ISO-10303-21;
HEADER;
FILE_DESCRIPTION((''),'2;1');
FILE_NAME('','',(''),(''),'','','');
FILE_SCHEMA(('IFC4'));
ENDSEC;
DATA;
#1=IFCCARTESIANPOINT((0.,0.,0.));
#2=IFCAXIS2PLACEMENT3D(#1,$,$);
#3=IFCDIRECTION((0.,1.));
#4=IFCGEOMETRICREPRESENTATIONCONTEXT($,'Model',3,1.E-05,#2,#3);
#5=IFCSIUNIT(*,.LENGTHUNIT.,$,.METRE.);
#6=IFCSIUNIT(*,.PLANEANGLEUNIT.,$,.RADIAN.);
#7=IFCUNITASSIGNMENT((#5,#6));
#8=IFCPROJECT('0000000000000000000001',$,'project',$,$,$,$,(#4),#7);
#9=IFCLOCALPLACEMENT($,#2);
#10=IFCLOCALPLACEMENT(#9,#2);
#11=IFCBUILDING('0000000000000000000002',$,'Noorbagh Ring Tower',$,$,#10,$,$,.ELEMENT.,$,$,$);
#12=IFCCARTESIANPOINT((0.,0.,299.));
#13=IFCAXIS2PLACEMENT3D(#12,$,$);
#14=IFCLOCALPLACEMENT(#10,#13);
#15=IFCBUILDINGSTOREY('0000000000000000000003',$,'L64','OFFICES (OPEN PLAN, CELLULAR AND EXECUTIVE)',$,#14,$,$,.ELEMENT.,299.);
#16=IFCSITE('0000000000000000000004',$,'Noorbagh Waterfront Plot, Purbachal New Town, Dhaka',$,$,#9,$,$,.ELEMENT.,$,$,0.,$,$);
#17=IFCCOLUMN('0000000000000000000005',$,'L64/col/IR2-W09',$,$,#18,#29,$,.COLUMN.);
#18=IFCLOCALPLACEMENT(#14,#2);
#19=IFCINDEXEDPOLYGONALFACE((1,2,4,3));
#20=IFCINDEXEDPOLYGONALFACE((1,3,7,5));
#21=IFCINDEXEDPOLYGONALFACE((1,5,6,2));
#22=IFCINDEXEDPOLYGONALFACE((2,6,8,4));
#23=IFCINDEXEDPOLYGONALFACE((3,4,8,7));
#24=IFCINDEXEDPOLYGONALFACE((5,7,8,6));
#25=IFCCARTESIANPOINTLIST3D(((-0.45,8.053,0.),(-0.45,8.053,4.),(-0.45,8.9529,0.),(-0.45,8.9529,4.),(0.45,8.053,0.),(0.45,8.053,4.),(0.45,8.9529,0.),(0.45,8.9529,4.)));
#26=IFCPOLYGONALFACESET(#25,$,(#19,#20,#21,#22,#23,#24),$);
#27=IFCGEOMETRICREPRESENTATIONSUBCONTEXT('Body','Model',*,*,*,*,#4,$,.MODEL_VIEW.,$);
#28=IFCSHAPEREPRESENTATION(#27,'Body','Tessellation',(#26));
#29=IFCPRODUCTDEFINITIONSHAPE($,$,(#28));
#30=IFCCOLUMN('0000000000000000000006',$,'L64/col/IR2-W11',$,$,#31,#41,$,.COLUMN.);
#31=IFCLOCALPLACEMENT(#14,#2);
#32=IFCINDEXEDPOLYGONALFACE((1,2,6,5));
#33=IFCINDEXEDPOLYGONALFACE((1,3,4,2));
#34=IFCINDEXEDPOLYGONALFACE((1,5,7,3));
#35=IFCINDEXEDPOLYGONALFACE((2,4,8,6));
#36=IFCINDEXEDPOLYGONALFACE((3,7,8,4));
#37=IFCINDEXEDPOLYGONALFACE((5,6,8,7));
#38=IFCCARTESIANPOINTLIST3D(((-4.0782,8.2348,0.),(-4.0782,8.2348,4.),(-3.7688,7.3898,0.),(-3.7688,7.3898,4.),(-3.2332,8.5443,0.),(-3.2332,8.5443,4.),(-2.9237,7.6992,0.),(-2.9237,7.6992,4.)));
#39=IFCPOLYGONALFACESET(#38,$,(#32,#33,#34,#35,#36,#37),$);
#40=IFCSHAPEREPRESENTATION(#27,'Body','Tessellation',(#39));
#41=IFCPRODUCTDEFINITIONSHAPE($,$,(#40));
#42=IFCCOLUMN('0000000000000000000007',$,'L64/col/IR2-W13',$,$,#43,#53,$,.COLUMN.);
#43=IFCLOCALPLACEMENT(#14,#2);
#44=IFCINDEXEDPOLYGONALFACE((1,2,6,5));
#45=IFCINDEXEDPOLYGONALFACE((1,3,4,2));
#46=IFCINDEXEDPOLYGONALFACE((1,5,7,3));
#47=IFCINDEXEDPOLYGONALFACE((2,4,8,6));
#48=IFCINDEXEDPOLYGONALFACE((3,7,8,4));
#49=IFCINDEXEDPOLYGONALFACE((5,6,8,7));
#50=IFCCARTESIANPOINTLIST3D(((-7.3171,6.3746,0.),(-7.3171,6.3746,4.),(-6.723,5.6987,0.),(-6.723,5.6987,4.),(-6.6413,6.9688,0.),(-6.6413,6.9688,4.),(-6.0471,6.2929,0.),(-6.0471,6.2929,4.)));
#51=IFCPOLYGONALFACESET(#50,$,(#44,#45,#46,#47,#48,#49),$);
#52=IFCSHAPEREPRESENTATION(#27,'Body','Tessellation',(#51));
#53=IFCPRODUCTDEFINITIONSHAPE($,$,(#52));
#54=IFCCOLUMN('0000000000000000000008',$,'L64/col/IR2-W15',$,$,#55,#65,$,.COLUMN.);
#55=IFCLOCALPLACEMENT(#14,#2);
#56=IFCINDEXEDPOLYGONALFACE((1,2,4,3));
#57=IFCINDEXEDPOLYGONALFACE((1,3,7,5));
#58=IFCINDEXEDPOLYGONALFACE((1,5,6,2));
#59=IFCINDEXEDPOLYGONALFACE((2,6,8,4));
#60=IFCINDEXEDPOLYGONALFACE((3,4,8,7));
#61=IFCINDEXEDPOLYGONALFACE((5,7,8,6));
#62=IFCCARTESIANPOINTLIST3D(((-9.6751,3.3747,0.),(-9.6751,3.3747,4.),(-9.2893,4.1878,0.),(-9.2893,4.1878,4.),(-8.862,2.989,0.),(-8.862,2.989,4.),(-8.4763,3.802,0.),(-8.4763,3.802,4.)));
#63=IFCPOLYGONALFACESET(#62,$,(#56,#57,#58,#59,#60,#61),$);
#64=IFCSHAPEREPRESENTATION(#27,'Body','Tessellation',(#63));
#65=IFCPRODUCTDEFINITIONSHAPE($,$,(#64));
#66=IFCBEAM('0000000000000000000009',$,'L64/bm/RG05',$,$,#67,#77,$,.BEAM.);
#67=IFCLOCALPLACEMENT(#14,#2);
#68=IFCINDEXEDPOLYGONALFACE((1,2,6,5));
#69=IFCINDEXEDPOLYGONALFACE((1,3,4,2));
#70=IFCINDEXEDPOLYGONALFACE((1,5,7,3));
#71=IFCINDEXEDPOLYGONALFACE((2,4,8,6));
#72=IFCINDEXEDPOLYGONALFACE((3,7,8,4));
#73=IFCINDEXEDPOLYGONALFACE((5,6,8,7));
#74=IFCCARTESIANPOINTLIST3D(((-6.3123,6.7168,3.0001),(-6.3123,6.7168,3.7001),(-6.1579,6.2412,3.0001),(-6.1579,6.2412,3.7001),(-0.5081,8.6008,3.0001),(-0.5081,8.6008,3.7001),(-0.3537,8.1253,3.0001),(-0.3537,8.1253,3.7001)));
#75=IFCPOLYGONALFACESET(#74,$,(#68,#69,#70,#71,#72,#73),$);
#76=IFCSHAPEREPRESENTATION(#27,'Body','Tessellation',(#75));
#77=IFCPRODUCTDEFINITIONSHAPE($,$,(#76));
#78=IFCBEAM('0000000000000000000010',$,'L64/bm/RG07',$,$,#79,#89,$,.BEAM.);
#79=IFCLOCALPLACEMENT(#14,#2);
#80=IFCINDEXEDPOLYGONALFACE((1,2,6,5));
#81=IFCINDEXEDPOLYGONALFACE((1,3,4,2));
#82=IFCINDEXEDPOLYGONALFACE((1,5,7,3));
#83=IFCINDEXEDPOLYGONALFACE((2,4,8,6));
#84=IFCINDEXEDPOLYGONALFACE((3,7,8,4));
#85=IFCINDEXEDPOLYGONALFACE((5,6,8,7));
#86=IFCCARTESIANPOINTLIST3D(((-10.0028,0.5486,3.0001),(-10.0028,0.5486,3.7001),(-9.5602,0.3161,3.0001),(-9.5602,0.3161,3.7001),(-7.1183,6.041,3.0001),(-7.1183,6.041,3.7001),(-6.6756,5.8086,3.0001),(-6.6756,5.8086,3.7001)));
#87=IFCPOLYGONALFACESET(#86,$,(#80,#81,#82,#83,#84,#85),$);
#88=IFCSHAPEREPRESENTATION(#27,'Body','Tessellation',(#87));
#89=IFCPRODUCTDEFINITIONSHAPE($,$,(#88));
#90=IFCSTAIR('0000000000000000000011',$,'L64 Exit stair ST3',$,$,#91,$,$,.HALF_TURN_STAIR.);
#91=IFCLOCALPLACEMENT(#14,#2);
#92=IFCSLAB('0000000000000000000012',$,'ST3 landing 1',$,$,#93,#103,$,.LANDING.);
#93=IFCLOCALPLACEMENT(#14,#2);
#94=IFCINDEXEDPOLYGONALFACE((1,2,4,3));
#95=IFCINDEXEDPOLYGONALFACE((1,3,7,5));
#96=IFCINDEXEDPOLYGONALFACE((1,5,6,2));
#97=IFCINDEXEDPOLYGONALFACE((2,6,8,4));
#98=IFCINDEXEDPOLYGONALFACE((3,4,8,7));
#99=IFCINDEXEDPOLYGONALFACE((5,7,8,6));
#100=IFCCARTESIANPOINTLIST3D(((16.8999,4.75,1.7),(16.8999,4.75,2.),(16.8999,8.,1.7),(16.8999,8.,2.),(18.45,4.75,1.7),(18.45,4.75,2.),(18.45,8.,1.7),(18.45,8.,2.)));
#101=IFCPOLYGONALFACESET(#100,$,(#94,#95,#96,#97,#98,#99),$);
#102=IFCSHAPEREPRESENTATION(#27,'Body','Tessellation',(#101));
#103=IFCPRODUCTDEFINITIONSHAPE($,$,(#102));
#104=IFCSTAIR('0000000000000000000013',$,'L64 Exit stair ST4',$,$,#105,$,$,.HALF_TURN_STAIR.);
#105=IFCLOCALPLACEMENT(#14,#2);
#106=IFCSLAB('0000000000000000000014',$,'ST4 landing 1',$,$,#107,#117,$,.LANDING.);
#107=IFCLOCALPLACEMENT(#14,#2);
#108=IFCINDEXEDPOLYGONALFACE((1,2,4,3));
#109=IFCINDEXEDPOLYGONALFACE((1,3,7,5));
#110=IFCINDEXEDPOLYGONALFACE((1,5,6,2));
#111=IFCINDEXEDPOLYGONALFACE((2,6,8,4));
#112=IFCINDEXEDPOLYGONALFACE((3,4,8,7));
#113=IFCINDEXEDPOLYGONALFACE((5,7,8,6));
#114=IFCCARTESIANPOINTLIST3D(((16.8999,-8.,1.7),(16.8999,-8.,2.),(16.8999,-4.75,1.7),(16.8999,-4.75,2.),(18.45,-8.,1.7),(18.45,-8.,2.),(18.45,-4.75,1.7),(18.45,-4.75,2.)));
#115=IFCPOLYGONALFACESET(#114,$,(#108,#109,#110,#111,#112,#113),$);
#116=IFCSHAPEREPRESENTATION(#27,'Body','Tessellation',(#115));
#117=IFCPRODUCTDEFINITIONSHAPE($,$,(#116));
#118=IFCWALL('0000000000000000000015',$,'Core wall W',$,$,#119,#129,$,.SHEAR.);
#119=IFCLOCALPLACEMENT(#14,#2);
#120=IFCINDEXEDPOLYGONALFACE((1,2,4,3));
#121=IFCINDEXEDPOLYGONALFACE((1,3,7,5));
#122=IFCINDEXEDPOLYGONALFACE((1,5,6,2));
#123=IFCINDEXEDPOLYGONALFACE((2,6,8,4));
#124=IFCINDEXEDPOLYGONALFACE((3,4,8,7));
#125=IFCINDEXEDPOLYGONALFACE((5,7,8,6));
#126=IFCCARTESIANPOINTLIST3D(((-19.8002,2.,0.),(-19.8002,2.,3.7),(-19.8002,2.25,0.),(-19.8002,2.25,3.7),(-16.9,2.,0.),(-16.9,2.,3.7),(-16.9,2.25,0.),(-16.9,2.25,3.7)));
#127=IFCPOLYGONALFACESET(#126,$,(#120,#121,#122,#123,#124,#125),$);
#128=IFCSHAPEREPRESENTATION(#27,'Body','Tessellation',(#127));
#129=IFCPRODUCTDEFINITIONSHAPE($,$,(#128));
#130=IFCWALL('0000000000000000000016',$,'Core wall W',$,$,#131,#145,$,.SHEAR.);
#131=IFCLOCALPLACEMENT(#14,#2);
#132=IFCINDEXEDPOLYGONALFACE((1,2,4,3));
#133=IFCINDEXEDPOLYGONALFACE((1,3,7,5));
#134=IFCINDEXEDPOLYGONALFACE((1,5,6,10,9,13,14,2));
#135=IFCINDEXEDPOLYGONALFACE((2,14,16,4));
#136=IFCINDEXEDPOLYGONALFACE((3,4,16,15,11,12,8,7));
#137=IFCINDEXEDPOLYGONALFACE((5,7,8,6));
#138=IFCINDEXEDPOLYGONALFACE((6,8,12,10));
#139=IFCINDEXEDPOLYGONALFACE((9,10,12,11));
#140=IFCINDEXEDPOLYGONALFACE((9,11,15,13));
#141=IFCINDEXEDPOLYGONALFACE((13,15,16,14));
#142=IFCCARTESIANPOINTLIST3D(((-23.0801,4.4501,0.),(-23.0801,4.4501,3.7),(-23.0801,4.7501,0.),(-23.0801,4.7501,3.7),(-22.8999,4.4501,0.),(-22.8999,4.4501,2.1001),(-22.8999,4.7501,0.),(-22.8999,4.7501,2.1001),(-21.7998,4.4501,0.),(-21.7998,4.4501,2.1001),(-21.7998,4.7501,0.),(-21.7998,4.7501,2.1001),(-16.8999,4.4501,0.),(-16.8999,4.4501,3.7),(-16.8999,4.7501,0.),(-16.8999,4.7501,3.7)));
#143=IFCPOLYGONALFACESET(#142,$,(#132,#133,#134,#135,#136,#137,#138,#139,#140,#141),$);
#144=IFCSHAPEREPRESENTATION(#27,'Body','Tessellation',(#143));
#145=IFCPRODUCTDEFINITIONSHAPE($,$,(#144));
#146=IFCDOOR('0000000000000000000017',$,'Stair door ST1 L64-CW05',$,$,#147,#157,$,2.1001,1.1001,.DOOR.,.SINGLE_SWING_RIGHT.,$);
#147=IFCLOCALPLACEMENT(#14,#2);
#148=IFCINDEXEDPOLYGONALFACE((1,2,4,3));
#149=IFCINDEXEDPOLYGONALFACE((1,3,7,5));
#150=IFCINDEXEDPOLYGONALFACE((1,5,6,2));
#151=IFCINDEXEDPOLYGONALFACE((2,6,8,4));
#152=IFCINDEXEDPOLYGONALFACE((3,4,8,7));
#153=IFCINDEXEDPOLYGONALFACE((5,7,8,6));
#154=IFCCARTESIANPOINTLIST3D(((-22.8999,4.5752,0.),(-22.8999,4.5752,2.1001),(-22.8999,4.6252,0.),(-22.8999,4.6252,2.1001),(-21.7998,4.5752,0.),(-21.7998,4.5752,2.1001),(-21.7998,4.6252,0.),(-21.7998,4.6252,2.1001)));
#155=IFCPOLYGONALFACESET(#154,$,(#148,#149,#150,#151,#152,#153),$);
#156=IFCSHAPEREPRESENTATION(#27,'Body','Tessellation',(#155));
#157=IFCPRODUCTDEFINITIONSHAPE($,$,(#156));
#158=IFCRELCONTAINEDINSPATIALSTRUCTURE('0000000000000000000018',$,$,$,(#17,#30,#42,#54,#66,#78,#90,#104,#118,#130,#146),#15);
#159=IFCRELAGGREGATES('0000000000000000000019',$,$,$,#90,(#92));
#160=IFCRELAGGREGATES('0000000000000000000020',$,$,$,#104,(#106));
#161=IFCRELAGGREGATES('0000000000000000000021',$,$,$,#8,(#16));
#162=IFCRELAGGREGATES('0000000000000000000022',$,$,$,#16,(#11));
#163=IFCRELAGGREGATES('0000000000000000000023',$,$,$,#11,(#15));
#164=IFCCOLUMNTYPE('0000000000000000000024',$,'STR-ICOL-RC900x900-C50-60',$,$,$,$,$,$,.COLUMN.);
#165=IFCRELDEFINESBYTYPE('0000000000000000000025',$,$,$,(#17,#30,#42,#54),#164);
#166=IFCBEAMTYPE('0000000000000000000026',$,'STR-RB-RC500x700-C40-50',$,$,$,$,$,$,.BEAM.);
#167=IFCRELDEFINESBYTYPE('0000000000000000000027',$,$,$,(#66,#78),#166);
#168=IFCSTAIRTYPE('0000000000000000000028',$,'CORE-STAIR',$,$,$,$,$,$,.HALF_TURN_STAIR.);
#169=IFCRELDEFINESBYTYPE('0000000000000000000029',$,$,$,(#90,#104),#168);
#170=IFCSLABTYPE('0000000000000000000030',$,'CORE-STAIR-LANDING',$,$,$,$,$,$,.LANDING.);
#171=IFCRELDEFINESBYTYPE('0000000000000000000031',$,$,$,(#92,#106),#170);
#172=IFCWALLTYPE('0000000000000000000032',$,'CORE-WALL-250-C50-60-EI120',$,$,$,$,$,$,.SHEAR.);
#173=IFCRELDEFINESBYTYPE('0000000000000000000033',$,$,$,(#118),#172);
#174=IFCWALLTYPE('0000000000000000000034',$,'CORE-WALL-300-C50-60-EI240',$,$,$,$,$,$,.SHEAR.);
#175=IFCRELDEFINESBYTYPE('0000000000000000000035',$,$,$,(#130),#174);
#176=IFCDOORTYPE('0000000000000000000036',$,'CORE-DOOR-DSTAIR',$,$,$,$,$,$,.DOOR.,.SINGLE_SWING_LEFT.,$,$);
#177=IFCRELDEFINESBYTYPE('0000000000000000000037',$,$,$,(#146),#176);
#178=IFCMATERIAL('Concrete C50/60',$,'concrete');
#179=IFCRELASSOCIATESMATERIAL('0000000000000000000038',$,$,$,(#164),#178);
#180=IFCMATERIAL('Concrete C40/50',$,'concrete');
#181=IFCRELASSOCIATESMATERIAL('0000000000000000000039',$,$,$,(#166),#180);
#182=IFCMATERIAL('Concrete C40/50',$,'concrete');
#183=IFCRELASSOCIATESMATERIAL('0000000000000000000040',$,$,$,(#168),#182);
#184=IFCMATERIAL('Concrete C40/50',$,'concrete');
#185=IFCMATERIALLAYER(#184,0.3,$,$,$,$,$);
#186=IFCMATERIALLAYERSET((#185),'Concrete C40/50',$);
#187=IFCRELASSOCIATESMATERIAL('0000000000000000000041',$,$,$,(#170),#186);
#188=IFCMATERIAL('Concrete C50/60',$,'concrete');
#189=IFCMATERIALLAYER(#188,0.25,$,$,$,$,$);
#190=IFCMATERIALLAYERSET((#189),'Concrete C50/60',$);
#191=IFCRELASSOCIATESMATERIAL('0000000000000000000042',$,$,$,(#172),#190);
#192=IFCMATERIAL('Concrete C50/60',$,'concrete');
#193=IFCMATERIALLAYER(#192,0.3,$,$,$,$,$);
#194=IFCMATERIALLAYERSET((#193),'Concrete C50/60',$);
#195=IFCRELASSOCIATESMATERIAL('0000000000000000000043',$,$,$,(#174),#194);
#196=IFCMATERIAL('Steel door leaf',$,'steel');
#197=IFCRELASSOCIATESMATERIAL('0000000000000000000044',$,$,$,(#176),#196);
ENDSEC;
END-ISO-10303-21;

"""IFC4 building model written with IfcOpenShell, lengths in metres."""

from ifc_helpers import new_model, si_unit, direction, frame, frame_2d, origin, origin_2d, place, context, subcontext, project, spatial, polyline, rectangle, outline, extrude, material, layer, layer_set, material_profile, profile_set, type_object, element, fill, aggregate, save


model = new_model("IFC4")

# Units and contexts
model_context = context("Model", 3, precision=1e-05, world=origin(), true_north=direction((0.0, 1.0)))
body_context = subcontext(model_context, "Body", "Model", "MODEL_VIEW")
ifc_project = project(units=[si_unit("LENGTHUNIT", "METRE"), si_unit("PLANEANGLEUNIT", "RADIAN")], contexts=[model_context])

# Site, building, storey
site_placement = place(None, origin())
site = spatial("IfcSite", under=ifc_project, at=site_placement, Name="Noorbagh Waterfront Plot, Purbachal New Town, Dhaka", CompositionType="ELEMENT", RefElevation=0.0)
building_placement = place(site_placement, origin())
building = spatial("IfcBuilding", under=site, at=building_placement, Name="Noorbagh Ring Tower", CompositionType="ELEMENT")
storey_placement = place(building_placement, frame((0.0, 0.0, 299.0)))
storey = spatial("IfcBuildingStorey", under=building, at=storey_placement, Name="L64", Description="OFFICES (OPEN PLAN, CELLULAR AND EXECUTIVE)", CompositionType="ELEMENT", Elevation=299.0)

# Columns
ifc_material_1 = material(Name="Concrete C50/60", Category="concrete")
ifc_material_profile_1 = material_profile(ifc_material_1, rectangle(XDim=0.8999, YDim=0.8999, at=origin_2d()), Name="RC900x900")
ifc_profile_set_1 = profile_set([ifc_material_profile_1], Name="Concrete C50/60")
column_type = type_object("IfcColumnType", Name="STR-ICOL-RC900x900-C50-60", PredefinedType="COLUMN", material=ifc_profile_set_1)
for number, where, z_axis, x_axis, name in (
    (1, (0.0, 8.5029, 0.0), (0.0, 0.0, 1.0), (-1.0, 0.0, 0.0), "L64/col/IR2-W09"),
    (2, (-3.501, 7.967, 0.0), (0.0, 0.0, 1.0), (-0.93902, -0.343864, 0.0), "L64/col/IR2-W11"),
    (3, (-6.6821, 6.3337, 0.0), (0.0, 0.0, 1.0), (-0.751022, -0.660277, 0.0), "L64/col/IR2-W13"),
    (4, (-9.0757, 3.5884, 0.0), (0.0, 0.0, 1.0), (-0.428667, -0.903463, 0.0), "L64/col/IR2-W15"),
):
    element("IfcColumn", number, at=place(storey_placement, frame(where, z_axis=z_axis, x_axis=x_axis)), inside=storey, type_object=column_type, Name=name, PredefinedType="COLUMN", context=body_context, shape_type="SweptSolid", body=[
        extrude(rectangle(XDim=0.8999, YDim=0.8999, at=origin_2d()), origin(), (0.0, 0.0, 1.0), 4.0),
    ])

# Beams
ifc_material_2 = material(Name="Concrete C40/50", Category="concrete")
ifc_material_profile_2 = material_profile(ifc_material_2, rectangle(XDim=0.5, YDim=0.7, at=origin_2d()), Name="RC500x700")
ifc_profile_set_2 = profile_set([ifc_material_profile_2], Name="Concrete C40/50")
beam_type = type_object("IfcBeamType", Name="STR-RB-RC500x700-C40-50", PredefinedType="BEAM", material=ifc_profile_set_2)
beam_1_placement = place(storey_placement, frame((-0.4309, 8.363, 3.3501), z_axis=(-0.951146, -0.30874, 0.0), x_axis=(0.30874, -0.951146, 0.0)))
element("IfcBeam", 5, at=beam_1_placement, inside=storey, type_object=beam_type, Name="L64/bm/RG05", PredefinedType="BEAM", context=body_context, shape_type="SweptSolid", body=[
    extrude(rectangle(XDim=0.5, YDim=0.7, at=origin_2d()), origin(), (0.0, 0.0, 1.0), 6.1023),
])
beam_2_placement = place(storey_placement, frame((-6.897, 5.9248, 3.3501), z_axis=(-0.46496, -0.885332, 0.0), x_axis=(0.885332, -0.46496, 0.0)))
element("IfcBeam", 6, at=beam_2_placement, inside=storey, type_object=beam_type, Name="L64/bm/RG07", PredefinedType="BEAM", context=body_context, shape_type="SweptSolid", body=[
    extrude(rectangle(XDim=0.5, YDim=0.7, at=origin_2d()), origin(), (0.0, 0.0, 1.0), 6.2039),
])

# Stairs, slabs
ifc_material_3 = material(Name="Concrete C40/50", Category="concrete")
stair_type = type_object("IfcStairType", Name="CORE-STAIR", PredefinedType="HALF_TURN_STAIR", material=ifc_material_3)
stair_1_placement = place(storey_placement, origin())
stair_1 = element("IfcStair", 7, at=stair_1_placement, inside=storey, type_object=stair_type, Name="L64 Exit stair ST3", PredefinedType="HALF_TURN_STAIR")
ifc_material_4 = material(Name="Concrete C40/50", Category="concrete")
ifc_layer_1 = layer(ifc_material_4, 0.3)
ifc_layer_set_1 = layer_set([ifc_layer_1], Name="Concrete C40/50")
slab_type = type_object("IfcSlabType", Name="CORE-STAIR-LANDING", PredefinedType="LANDING", material=ifc_layer_set_1)
slab_1_placement = place(storey_placement, frame((0.0, 0.0, 1.7)))
slab_1 = element("IfcSlab", 8, at=slab_1_placement, type_object=slab_type, Name="ST3 landing 1", PredefinedType="LANDING", context=body_context, shape_type="SweptSolid", body=[
    extrude(outline(polyline([(18.45, 8.0), (16.8999, 8.0), (16.8999, 4.75), (18.45, 4.75), (18.45, 8.0)])), origin(), (0.0, 0.0, 1.0), 0.3),
])
aggregate(stair_1, [slab_1])
stair_2_placement = place(storey_placement, origin())
stair_2 = element("IfcStair", 9, at=stair_2_placement, inside=storey, type_object=stair_type, Name="L64 Exit stair ST4", PredefinedType="HALF_TURN_STAIR")
slab_2_placement = place(storey_placement, frame((0.0, 0.0, 1.7)))
slab_2 = element("IfcSlab", 10, at=slab_2_placement, type_object=slab_type, Name="ST4 landing 1", PredefinedType="LANDING", context=body_context, shape_type="SweptSolid", body=[
    extrude(outline(polyline([(18.45, -4.75), (16.8999, -4.75), (16.8999, -8.0), (18.45, -8.0), (18.45, -4.75)])), origin(), (0.0, 0.0, 1.0), 0.3),
])
aggregate(stair_2, [slab_2])

# Wall
ifc_material_5 = material(Name="Concrete C50/60", Category="concrete")
ifc_layer_2 = layer(ifc_material_5, 0.25)
ifc_layer_set_2 = layer_set([ifc_layer_2], Name="Concrete C50/60")
wall_type_1 = type_object("IfcWallType", Name="CORE-WALL-250-C50-60-EI120", PredefinedType="SHEAR", material=ifc_layer_set_2)
wall_1_placement = place(storey_placement, frame((-16.8999, 2.125, 0.0), z_axis=(0.0, 0.0, 1.0), x_axis=(-1.0, 0.0, 0.0)))
element("IfcWall", 11, at=wall_1_placement, inside=storey, type_object=wall_type_1, Name="Core wall W", PredefinedType="SHEAR", context=body_context, shape_type="SweptSolid", body=[
    extrude(rectangle(XDim=2.9001, YDim=0.25, at=frame_2d((1.4502, 0.0))), origin(), (0.0, 0.0, 1.0), 3.7),
])

# Wall, opening, door
ifc_material_6 = material(Name="Concrete C50/60", Category="concrete")
ifc_layer_3 = layer(ifc_material_6, 0.3)
ifc_layer_set_3 = layer_set([ifc_layer_3], Name="Concrete C50/60")
wall_type_2 = type_object("IfcWallType", Name="CORE-WALL-300-C50-60-EI240", PredefinedType="SHEAR", material=ifc_layer_set_3)
wall_2_placement = place(storey_placement, frame((-16.8999, 4.6001, 0.0), z_axis=(0.0, 0.0, 1.0), x_axis=(-1.0, 0.0, 0.0)))
wall_2 = element("IfcWall", 12, at=wall_2_placement, inside=storey, type_object=wall_type_2, Name="Core wall W", PredefinedType="SHEAR", context=body_context, shape_type="SweptSolid", body=[
    extrude(rectangle(XDim=6.1802, YDim=0.3, at=frame_2d((3.0901, 0.0))), origin(), (0.0, 0.0, 1.0), 3.7),
])
opening_1_placement = place(wall_2_placement, frame((4.8999, 0.0, 0.0)))
opening_1 = element("IfcOpeningElement", 13, at=opening_1_placement, cuts=wall_2, PredefinedType="OPENING", context=body_context, shape_type="SweptSolid", body=[
    extrude(rectangle(XDim=1.1001, YDim=2.1001, at=frame_2d((0.55, 1.05))), frame((0.0, 0.1602, 0.0), z_axis=(0.0, -1.0, 0.0), x_axis=(1.0, 0.0, 0.0)), (0.0, 0.0, 1.0), 0.3201),
])
ifc_material_7 = material(Name="Steel door leaf", Category="steel")
door_type_1 = type_object("IfcDoorType", Name="CORE-DOOR-DSTAIR", OperationType="SINGLE_SWING_LEFT", PredefinedType="DOOR", material=ifc_material_7)
door_1_placement = place(opening_1_placement, origin())
door_1 = element("IfcDoor", 14, at=door_1_placement, inside=storey, type_object=door_type_1, Name="Stair door ST1 L64-CW05", OperationType="SINGLE_SWING_RIGHT", OverallHeight=2.1001, OverallWidth=1.1001, PredefinedType="DOOR", context=body_context, shape_type="SweptSolid", body=[
    extrude(rectangle(XDim=1.1001, YDim=2.1001, at=frame_2d((0.55, 1.05))), frame((0.0, 0.0249, 0.0), z_axis=(0.0, -1.0, 0.0), x_axis=(1.0, 0.0, 0.0)), (0.0, 0.0, 1.0), 0.05),
])
fill(opening_1, door_1)

save(model, "model.ifc")
